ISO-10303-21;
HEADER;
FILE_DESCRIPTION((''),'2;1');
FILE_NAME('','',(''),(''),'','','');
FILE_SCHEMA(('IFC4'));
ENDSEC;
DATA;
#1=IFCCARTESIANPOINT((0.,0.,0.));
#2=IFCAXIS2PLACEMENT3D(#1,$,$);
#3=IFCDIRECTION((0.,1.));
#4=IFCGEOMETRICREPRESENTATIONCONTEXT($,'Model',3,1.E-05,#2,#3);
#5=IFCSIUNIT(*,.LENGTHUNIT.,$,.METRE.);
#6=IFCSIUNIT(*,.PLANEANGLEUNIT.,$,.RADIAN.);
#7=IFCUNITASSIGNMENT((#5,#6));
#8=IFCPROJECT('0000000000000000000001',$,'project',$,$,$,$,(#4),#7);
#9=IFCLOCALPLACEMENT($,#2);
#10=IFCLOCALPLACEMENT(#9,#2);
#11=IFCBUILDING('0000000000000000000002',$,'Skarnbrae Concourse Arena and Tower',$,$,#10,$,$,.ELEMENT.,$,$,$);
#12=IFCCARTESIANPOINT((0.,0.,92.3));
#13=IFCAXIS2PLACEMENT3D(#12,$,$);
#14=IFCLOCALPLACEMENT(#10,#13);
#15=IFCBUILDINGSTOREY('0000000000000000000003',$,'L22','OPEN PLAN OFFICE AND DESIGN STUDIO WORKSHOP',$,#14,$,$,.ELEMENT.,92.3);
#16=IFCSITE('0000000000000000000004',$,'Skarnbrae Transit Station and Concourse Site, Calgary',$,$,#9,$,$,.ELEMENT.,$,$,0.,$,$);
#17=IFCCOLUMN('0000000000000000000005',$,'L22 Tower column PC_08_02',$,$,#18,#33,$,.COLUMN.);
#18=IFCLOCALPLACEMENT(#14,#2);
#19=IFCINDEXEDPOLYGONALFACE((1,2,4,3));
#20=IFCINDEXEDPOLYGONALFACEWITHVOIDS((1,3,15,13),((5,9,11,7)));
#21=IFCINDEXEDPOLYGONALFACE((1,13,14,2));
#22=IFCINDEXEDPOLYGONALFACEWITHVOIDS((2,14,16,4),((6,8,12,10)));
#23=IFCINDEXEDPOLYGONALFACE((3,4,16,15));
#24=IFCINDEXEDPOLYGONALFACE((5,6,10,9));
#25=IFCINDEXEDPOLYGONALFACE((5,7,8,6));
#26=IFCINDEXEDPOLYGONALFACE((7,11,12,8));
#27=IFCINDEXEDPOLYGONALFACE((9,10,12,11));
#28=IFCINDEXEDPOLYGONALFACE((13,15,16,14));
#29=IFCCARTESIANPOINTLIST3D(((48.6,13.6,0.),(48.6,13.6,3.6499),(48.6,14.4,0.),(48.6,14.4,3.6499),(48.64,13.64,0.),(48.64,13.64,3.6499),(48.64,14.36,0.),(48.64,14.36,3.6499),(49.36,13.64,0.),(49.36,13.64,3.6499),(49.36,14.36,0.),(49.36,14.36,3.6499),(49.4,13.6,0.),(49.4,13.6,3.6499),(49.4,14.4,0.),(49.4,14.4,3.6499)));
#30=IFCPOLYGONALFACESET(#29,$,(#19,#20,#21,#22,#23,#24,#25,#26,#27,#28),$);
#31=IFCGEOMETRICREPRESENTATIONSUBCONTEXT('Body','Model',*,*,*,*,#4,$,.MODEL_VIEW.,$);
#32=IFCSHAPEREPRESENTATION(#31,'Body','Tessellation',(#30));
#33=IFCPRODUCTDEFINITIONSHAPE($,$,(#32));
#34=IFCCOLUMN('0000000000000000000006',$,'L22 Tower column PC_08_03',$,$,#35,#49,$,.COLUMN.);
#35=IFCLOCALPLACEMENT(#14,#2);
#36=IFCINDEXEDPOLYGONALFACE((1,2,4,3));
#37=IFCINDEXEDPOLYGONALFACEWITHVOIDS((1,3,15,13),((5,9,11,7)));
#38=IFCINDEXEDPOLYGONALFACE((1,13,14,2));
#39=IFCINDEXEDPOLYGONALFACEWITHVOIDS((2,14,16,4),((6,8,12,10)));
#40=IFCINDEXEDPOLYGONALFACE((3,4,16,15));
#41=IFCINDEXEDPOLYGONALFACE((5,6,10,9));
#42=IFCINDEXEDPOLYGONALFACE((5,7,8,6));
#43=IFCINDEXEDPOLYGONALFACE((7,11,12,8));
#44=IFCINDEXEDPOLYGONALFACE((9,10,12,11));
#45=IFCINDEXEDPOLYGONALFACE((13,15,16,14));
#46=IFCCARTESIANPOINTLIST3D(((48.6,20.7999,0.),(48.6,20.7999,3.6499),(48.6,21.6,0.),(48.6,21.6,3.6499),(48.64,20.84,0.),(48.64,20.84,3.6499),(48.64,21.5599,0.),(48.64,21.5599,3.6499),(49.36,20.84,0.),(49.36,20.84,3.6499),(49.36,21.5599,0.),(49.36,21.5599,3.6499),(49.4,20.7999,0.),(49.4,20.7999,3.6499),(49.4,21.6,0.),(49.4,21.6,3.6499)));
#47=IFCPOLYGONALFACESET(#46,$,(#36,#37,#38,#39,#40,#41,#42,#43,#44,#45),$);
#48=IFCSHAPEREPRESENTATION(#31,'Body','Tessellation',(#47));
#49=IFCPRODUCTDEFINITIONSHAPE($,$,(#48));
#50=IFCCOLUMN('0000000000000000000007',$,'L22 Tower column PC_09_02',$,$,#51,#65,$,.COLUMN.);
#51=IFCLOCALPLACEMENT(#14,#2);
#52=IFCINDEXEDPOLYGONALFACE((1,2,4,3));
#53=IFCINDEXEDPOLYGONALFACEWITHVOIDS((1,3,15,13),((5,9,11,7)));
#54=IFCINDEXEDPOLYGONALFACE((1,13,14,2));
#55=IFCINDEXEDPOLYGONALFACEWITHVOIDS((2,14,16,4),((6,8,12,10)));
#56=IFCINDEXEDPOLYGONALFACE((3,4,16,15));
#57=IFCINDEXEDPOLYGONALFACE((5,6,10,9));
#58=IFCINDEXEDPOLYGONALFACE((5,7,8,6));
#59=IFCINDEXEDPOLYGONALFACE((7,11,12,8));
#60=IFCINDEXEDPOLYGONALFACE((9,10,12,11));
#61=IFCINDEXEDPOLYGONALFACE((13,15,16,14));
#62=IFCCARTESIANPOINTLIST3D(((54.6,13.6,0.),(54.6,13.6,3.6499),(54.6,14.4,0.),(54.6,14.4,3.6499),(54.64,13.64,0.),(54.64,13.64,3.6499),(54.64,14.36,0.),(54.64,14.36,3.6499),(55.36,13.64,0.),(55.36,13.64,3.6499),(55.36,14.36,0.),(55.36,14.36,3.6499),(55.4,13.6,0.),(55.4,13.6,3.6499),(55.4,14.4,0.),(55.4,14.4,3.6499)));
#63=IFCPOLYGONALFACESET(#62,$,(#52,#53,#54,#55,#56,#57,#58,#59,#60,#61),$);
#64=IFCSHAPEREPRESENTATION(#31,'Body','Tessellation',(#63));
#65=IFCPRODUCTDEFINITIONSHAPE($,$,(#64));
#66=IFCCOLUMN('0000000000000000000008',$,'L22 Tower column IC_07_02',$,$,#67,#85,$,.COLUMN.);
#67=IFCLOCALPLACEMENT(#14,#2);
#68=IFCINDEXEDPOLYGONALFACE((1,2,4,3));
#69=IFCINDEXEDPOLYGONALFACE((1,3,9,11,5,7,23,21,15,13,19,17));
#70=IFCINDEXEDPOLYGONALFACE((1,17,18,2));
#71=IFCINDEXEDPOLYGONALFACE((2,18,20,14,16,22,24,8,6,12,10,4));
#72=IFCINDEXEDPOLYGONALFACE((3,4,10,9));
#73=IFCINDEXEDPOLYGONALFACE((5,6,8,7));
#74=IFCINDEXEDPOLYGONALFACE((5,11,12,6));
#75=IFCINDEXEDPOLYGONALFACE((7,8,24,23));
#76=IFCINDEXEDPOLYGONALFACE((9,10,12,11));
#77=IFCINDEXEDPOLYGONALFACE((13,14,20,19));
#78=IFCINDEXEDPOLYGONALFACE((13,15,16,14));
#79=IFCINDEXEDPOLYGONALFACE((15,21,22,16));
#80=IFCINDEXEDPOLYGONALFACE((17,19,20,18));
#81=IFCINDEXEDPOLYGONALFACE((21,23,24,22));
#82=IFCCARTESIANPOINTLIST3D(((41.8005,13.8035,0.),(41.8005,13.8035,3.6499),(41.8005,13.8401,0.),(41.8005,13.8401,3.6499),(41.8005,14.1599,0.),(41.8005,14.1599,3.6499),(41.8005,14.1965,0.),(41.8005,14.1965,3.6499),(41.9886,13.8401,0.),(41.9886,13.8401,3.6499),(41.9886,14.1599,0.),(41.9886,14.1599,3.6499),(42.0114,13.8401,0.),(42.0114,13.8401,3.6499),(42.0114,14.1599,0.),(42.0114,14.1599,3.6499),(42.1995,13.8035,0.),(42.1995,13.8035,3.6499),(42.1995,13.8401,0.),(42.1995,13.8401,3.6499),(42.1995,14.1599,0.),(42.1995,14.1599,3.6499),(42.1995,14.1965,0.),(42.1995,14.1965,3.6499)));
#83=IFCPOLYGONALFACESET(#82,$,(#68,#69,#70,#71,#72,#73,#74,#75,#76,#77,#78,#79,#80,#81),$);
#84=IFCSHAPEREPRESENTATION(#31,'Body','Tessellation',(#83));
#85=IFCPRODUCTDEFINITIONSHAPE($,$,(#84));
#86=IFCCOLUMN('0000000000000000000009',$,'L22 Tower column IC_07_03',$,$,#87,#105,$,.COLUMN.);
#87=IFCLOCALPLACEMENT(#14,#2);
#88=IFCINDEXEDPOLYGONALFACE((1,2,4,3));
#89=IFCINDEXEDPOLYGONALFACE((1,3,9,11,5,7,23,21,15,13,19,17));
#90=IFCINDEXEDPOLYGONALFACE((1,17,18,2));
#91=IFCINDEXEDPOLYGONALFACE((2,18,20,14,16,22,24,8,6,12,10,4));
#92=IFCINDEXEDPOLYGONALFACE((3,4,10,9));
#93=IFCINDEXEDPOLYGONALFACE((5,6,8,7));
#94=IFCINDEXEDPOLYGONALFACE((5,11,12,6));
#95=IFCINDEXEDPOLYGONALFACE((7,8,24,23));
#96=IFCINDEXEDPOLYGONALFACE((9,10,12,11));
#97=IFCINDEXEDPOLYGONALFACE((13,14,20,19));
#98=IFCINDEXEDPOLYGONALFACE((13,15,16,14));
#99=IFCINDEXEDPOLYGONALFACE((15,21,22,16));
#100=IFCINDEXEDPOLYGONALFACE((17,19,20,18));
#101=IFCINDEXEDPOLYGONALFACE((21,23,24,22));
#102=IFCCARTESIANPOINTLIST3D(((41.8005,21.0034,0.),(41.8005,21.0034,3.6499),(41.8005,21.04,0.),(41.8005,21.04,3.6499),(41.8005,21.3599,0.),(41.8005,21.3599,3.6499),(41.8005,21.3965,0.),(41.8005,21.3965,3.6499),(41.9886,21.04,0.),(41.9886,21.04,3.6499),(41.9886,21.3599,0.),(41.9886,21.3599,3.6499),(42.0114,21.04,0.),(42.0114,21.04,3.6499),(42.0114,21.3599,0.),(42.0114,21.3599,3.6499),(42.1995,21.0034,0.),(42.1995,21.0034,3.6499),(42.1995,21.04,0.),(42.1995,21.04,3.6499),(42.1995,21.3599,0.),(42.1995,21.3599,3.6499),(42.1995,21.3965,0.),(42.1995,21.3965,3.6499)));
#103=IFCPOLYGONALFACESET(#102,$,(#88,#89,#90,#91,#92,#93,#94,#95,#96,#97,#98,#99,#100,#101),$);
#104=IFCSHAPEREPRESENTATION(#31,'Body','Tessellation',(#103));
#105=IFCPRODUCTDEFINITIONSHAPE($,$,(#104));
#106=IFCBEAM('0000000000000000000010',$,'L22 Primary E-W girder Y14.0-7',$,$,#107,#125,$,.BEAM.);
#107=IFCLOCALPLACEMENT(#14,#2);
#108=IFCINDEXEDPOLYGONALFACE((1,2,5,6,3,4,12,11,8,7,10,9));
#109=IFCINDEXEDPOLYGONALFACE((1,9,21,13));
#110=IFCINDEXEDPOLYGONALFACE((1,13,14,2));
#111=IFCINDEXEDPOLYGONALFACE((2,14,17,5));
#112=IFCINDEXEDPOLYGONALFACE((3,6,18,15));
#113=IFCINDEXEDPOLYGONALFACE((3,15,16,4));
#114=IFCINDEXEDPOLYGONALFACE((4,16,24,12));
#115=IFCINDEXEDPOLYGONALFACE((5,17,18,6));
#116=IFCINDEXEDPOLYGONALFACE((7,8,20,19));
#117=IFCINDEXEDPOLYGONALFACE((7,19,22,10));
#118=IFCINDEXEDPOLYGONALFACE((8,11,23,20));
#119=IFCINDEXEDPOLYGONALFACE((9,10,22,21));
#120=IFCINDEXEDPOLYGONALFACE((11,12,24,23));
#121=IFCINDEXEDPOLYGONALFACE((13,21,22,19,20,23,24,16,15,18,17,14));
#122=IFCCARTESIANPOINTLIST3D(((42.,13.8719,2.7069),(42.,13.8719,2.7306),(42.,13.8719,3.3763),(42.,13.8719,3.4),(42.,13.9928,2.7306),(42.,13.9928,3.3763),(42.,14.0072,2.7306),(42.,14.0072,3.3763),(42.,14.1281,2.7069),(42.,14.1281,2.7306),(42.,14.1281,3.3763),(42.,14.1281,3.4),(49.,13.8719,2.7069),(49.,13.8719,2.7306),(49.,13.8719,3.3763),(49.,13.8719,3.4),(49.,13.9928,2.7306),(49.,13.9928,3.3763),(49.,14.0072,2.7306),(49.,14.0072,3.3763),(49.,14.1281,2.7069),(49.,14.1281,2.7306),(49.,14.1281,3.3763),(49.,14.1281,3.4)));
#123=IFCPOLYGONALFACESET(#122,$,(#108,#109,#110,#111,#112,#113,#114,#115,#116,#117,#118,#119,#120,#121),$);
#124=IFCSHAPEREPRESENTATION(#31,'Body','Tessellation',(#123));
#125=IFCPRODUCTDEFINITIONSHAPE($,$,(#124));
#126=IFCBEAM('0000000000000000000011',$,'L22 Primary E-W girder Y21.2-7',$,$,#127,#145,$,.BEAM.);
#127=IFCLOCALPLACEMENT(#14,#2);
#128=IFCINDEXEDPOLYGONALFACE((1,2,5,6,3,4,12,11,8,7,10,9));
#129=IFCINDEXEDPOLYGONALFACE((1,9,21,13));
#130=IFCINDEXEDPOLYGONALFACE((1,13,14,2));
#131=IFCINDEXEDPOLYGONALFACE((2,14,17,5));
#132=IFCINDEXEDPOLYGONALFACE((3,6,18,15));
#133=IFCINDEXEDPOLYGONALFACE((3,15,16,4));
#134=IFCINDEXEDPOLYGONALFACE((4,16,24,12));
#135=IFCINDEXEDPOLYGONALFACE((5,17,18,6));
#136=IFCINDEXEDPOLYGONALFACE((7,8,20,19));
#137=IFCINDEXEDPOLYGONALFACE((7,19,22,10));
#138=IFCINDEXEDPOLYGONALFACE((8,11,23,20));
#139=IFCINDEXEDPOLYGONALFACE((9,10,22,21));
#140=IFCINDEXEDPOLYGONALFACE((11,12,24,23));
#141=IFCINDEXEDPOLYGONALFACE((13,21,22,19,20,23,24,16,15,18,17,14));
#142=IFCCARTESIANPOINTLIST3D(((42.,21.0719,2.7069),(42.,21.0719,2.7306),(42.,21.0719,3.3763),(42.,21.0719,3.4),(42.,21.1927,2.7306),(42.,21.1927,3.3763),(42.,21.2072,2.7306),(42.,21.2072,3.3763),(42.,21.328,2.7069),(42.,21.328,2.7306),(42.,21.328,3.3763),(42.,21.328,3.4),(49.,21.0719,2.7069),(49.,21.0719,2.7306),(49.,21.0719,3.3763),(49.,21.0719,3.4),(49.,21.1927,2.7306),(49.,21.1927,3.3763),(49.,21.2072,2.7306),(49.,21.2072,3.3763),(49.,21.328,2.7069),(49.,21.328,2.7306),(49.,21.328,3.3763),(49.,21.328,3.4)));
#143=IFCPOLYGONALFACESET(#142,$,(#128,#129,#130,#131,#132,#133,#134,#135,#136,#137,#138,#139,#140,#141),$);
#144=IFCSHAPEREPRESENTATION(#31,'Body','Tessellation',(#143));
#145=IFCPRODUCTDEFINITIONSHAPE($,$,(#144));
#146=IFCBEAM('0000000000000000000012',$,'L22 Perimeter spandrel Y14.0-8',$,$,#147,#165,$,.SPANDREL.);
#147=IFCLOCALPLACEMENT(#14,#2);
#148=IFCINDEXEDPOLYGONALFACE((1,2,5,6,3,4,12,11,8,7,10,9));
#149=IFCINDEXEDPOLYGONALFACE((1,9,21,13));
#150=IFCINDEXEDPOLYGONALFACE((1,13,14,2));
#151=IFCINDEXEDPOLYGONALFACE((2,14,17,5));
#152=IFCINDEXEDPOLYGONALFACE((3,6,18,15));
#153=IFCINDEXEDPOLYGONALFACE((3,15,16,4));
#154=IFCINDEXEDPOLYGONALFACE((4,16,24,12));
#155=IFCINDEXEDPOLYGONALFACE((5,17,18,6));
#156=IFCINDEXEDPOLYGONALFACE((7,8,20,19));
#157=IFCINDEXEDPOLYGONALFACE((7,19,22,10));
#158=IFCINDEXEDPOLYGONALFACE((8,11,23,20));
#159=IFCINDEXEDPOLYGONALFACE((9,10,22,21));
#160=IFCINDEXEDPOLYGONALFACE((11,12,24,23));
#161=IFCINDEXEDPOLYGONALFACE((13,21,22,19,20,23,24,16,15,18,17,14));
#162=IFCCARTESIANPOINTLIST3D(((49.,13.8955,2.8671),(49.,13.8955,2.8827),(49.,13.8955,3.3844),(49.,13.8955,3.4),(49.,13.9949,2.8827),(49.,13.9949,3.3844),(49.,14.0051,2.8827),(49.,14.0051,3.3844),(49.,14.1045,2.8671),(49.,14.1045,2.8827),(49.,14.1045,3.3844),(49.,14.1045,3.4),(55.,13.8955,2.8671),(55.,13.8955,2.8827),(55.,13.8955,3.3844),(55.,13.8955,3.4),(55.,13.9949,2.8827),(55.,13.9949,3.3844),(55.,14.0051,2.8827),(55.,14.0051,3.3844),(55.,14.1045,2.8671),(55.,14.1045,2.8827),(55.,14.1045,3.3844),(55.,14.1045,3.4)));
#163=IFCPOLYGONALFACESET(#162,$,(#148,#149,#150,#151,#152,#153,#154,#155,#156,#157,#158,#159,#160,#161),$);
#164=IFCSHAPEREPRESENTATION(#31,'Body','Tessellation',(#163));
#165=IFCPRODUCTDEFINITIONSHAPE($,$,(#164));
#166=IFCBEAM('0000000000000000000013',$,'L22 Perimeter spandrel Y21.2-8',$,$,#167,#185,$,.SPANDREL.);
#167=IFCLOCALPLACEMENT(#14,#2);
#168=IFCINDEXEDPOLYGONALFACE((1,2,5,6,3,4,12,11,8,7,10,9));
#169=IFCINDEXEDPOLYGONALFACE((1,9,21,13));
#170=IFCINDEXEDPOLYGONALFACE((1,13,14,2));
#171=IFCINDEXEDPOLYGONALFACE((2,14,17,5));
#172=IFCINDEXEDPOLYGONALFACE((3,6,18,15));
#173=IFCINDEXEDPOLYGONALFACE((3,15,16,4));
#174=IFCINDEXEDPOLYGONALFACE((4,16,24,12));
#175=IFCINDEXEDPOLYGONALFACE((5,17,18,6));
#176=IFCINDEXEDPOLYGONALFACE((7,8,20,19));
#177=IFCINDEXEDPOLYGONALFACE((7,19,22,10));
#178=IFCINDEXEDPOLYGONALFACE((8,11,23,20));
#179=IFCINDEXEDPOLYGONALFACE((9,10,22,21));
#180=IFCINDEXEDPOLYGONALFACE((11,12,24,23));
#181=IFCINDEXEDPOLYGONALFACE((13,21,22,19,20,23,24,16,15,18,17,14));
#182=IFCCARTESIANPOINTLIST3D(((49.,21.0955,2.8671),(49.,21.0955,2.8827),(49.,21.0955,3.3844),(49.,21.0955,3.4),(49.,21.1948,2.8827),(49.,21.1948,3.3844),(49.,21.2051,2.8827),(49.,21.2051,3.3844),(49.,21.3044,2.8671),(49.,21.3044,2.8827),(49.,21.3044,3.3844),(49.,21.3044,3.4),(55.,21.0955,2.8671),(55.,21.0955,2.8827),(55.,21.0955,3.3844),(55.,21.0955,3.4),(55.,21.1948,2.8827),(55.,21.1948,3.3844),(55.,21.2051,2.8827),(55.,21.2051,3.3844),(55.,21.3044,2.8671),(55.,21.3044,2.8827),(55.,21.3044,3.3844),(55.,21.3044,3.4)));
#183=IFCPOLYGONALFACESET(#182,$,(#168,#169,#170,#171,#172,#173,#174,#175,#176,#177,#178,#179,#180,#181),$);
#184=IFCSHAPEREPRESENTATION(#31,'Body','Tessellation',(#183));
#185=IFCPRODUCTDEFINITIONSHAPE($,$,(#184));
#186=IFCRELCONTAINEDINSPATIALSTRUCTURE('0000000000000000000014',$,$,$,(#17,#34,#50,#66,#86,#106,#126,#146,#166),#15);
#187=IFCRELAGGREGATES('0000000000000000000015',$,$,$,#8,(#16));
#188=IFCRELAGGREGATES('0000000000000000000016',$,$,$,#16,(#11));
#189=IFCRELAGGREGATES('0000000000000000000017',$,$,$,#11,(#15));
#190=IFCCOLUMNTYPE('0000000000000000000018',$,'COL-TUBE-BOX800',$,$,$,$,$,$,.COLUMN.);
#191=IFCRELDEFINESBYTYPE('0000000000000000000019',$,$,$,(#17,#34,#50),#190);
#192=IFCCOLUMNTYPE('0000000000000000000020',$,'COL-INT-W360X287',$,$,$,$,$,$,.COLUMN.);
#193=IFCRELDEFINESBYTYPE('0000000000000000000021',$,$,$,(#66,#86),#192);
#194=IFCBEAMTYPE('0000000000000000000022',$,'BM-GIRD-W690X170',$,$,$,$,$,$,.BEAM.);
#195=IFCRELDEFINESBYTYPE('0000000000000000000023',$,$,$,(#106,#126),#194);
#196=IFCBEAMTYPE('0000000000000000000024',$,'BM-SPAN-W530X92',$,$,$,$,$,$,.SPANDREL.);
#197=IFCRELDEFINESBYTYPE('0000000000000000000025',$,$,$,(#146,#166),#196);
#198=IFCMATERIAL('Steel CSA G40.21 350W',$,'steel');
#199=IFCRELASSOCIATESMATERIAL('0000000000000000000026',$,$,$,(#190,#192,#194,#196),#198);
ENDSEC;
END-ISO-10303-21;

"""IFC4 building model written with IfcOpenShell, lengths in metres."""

from ifc_helpers import new_model, si_unit, direction, frame, origin, origin_2d, place, context, subcontext, project, spatial, hollow_rectangle, i_section, extrude, source, transform, mapped, material, material_profile, profile_set, type_object, element, save


model = new_model("IFC4")

# Units and contexts
model_context = context("Model", 3, precision=1e-05, world=origin(), true_north=direction((0.0, 1.0)))
body_context = subcontext(model_context, "Body", "Model", "MODEL_VIEW")
ifc_project = project(units=[si_unit("LENGTHUNIT", "METRE"), si_unit("PLANEANGLEUNIT", "RADIAN")], contexts=[model_context])

# Site, building, storey
site_placement = place(None, origin())
site = spatial("IfcSite", under=ifc_project, at=site_placement, Name="Skarnbrae Transit Station and Concourse Site, Calgary", CompositionType="ELEMENT", RefElevation=0.0)
building_placement = place(site_placement, origin())
building = spatial("IfcBuilding", under=site, at=building_placement, Name="Skarnbrae Concourse Arena and Tower", CompositionType="ELEMENT")
storey_placement = place(building_placement, frame((0.0, 0.0, 92.3)))
storey = spatial("IfcBuildingStorey", under=building, at=storey_placement, Name="L22", Description="OPEN PLAN OFFICE AND DESIGN STUDIO WORKSHOP", CompositionType="ELEMENT", Elevation=92.3)

# Columns
ifc_material_1 = material(Name="Steel CSA G40.21 350W", Category="steel")
ifc_material_profile_1 = material_profile(ifc_material_1, hollow_rectangle(XDim=0.8, YDim=0.8, WallThickness=0.04, at=origin_2d()), Name="BOX800X800X40")
ifc_profile_set_1 = profile_set([ifc_material_profile_1], Name="Steel CSA G40.21 350W")
column_type_1 = type_object("IfcColumnType", Name="COL-TUBE-BOX800", PredefinedType="COLUMN", material=ifc_profile_set_1)
shared_shape_1 = source(origin(), body_context, "Body", "SweptSolid", [
    extrude(hollow_rectangle(XDim=0.8, YDim=0.8, WallThickness=0.04, at=origin_2d()), origin(), (0.0, 0.0, 1.0), 3.6499),
])
for number, where, z_axis, x_axis, name in (
    (1, (49.0, 14.0, 0.0), (0.0, 0.0, 1.0), (1.0, 0.0, 0.0), "L22 Tower column PC_08_02"),
    (2, (49.0, 21.2, 0.0), (0.0, 0.0, 1.0), (1.0, 0.0, 0.0), "L22 Tower column PC_08_03"),
    (3, (55.0, 14.0, 0.0), (0.0, 0.0, 1.0), (1.0, 0.0, 0.0), "L22 Tower column PC_09_02"),
):
    element("IfcColumn", number, at=place(storey_placement, frame(where, z_axis=z_axis, x_axis=x_axis)), inside=storey, type_object=column_type_1, Name=name, PredefinedType="COLUMN", context=body_context, shape_type="MappedRepresentation", body=[
        mapped(shared_shape_1, transform((0.0, 0.0, 0.0))),
    ])
ifc_material_profile_2 = material_profile(ifc_material_1, i_section(OverallWidth=0.3989, OverallDepth=0.3931, WebThickness=0.0227, FlangeThickness=0.0366, at=origin_2d()), Name="W360X287")
ifc_profile_set_2 = profile_set([ifc_material_profile_2], Name="Steel CSA G40.21 350W")
column_type_2 = type_object("IfcColumnType", Name="COL-INT-W360X287", PredefinedType="COLUMN", material=ifc_profile_set_2)
shared_shape_2 = source(origin(), body_context, "Body", "SweptSolid", [
    extrude(i_section(OverallWidth=0.3989, OverallDepth=0.3931, WebThickness=0.0227, FlangeThickness=0.0366, at=origin_2d()), origin(), (0.0, 0.0, 1.0), 3.6499),
])
for number, where, z_axis, x_axis, name in (
    (4, (42.0, 14.0, 0.0), (0.0, 0.0, 1.0), (1.0, 0.0, 0.0), "L22 Tower column IC_07_02"),
    (5, (42.0, 21.2, 0.0), (0.0, 0.0, 1.0), (1.0, 0.0, 0.0), "L22 Tower column IC_07_03"),
):
    element("IfcColumn", number, at=place(storey_placement, frame(where, z_axis=z_axis, x_axis=x_axis)), inside=storey, type_object=column_type_2, Name=name, PredefinedType="COLUMN", context=body_context, shape_type="MappedRepresentation", body=[
        mapped(shared_shape_2, transform((0.0, 0.0, 0.0))),
    ])

# Beams
ifc_material_profile_3 = material_profile(ifc_material_1, i_section(OverallWidth=0.2561, OverallDepth=0.6931, WebThickness=0.0144, FlangeThickness=0.0237, at=origin_2d()), Name="W690X170")
ifc_profile_set_3 = profile_set([ifc_material_profile_3], Name="Steel CSA G40.21 350W")
beam_type_1 = type_object("IfcBeamType", Name="BM-GIRD-W690X170", PredefinedType="BEAM", material=ifc_profile_set_3)
shared_shape_3 = source(origin(), body_context, "Body", "SweptSolid", [
    extrude(i_section(OverallWidth=0.2561, OverallDepth=0.6931, WebThickness=0.0144, FlangeThickness=0.0237, at=origin_2d()), origin(), (0.0, 0.0, 1.0), 7.0),
])
for number, where, z_axis, x_axis, name in (
    (6, (42.0, 14.0, 3.0535), (1.0, 0.0, 0.0), (0.0, 1.0, 0.0), "L22 Primary E-W girder Y14.0-7"),
    (7, (42.0, 21.2, 3.0535), (1.0, 0.0, 0.0), (0.0, 1.0, 0.0), "L22 Primary E-W girder Y21.2-7"),
):
    element("IfcBeam", number, at=place(storey_placement, frame(where, z_axis=z_axis, x_axis=x_axis)), inside=storey, type_object=beam_type_1, Name=name, PredefinedType="BEAM", context=body_context, shape_type="MappedRepresentation", body=[
        mapped(shared_shape_3, transform((0.0, 0.0, 0.0))),
    ])
ifc_material_profile_4 = material_profile(ifc_material_1, i_section(OverallWidth=0.209, OverallDepth=0.533, WebThickness=0.0103, FlangeThickness=0.0156, at=origin_2d()), Name="W530X92")
ifc_profile_set_4 = profile_set([ifc_material_profile_4], Name="Steel CSA G40.21 350W")
beam_type_2 = type_object("IfcBeamType", Name="BM-SPAN-W530X92", PredefinedType="SPANDREL", material=ifc_profile_set_4)
shared_shape_4 = source(origin(), body_context, "Body", "SweptSolid", [
    extrude(i_section(OverallWidth=0.209, OverallDepth=0.533, WebThickness=0.0103, FlangeThickness=0.0156, at=origin_2d()), origin(), (0.0, 0.0, 1.0), 6.0),
])
for number, where, z_axis, x_axis, name in (
    (8, (49.0, 14.0, 3.1335), (1.0, 0.0, 0.0), (0.0, 1.0, 0.0), "L22 Perimeter spandrel Y14.0-8"),
    (9, (49.0, 21.2, 3.1335), (1.0, 0.0, 0.0), (0.0, 1.0, 0.0), "L22 Perimeter spandrel Y21.2-8"),
):
    element("IfcBeam", number, at=place(storey_placement, frame(where, z_axis=z_axis, x_axis=x_axis)), inside=storey, type_object=beam_type_2, Name=name, PredefinedType="SPANDREL", context=body_context, shape_type="MappedRepresentation", body=[
        mapped(shared_shape_4, transform((0.0, 0.0, 0.0))),
    ])

save(model, "model.ifc")
